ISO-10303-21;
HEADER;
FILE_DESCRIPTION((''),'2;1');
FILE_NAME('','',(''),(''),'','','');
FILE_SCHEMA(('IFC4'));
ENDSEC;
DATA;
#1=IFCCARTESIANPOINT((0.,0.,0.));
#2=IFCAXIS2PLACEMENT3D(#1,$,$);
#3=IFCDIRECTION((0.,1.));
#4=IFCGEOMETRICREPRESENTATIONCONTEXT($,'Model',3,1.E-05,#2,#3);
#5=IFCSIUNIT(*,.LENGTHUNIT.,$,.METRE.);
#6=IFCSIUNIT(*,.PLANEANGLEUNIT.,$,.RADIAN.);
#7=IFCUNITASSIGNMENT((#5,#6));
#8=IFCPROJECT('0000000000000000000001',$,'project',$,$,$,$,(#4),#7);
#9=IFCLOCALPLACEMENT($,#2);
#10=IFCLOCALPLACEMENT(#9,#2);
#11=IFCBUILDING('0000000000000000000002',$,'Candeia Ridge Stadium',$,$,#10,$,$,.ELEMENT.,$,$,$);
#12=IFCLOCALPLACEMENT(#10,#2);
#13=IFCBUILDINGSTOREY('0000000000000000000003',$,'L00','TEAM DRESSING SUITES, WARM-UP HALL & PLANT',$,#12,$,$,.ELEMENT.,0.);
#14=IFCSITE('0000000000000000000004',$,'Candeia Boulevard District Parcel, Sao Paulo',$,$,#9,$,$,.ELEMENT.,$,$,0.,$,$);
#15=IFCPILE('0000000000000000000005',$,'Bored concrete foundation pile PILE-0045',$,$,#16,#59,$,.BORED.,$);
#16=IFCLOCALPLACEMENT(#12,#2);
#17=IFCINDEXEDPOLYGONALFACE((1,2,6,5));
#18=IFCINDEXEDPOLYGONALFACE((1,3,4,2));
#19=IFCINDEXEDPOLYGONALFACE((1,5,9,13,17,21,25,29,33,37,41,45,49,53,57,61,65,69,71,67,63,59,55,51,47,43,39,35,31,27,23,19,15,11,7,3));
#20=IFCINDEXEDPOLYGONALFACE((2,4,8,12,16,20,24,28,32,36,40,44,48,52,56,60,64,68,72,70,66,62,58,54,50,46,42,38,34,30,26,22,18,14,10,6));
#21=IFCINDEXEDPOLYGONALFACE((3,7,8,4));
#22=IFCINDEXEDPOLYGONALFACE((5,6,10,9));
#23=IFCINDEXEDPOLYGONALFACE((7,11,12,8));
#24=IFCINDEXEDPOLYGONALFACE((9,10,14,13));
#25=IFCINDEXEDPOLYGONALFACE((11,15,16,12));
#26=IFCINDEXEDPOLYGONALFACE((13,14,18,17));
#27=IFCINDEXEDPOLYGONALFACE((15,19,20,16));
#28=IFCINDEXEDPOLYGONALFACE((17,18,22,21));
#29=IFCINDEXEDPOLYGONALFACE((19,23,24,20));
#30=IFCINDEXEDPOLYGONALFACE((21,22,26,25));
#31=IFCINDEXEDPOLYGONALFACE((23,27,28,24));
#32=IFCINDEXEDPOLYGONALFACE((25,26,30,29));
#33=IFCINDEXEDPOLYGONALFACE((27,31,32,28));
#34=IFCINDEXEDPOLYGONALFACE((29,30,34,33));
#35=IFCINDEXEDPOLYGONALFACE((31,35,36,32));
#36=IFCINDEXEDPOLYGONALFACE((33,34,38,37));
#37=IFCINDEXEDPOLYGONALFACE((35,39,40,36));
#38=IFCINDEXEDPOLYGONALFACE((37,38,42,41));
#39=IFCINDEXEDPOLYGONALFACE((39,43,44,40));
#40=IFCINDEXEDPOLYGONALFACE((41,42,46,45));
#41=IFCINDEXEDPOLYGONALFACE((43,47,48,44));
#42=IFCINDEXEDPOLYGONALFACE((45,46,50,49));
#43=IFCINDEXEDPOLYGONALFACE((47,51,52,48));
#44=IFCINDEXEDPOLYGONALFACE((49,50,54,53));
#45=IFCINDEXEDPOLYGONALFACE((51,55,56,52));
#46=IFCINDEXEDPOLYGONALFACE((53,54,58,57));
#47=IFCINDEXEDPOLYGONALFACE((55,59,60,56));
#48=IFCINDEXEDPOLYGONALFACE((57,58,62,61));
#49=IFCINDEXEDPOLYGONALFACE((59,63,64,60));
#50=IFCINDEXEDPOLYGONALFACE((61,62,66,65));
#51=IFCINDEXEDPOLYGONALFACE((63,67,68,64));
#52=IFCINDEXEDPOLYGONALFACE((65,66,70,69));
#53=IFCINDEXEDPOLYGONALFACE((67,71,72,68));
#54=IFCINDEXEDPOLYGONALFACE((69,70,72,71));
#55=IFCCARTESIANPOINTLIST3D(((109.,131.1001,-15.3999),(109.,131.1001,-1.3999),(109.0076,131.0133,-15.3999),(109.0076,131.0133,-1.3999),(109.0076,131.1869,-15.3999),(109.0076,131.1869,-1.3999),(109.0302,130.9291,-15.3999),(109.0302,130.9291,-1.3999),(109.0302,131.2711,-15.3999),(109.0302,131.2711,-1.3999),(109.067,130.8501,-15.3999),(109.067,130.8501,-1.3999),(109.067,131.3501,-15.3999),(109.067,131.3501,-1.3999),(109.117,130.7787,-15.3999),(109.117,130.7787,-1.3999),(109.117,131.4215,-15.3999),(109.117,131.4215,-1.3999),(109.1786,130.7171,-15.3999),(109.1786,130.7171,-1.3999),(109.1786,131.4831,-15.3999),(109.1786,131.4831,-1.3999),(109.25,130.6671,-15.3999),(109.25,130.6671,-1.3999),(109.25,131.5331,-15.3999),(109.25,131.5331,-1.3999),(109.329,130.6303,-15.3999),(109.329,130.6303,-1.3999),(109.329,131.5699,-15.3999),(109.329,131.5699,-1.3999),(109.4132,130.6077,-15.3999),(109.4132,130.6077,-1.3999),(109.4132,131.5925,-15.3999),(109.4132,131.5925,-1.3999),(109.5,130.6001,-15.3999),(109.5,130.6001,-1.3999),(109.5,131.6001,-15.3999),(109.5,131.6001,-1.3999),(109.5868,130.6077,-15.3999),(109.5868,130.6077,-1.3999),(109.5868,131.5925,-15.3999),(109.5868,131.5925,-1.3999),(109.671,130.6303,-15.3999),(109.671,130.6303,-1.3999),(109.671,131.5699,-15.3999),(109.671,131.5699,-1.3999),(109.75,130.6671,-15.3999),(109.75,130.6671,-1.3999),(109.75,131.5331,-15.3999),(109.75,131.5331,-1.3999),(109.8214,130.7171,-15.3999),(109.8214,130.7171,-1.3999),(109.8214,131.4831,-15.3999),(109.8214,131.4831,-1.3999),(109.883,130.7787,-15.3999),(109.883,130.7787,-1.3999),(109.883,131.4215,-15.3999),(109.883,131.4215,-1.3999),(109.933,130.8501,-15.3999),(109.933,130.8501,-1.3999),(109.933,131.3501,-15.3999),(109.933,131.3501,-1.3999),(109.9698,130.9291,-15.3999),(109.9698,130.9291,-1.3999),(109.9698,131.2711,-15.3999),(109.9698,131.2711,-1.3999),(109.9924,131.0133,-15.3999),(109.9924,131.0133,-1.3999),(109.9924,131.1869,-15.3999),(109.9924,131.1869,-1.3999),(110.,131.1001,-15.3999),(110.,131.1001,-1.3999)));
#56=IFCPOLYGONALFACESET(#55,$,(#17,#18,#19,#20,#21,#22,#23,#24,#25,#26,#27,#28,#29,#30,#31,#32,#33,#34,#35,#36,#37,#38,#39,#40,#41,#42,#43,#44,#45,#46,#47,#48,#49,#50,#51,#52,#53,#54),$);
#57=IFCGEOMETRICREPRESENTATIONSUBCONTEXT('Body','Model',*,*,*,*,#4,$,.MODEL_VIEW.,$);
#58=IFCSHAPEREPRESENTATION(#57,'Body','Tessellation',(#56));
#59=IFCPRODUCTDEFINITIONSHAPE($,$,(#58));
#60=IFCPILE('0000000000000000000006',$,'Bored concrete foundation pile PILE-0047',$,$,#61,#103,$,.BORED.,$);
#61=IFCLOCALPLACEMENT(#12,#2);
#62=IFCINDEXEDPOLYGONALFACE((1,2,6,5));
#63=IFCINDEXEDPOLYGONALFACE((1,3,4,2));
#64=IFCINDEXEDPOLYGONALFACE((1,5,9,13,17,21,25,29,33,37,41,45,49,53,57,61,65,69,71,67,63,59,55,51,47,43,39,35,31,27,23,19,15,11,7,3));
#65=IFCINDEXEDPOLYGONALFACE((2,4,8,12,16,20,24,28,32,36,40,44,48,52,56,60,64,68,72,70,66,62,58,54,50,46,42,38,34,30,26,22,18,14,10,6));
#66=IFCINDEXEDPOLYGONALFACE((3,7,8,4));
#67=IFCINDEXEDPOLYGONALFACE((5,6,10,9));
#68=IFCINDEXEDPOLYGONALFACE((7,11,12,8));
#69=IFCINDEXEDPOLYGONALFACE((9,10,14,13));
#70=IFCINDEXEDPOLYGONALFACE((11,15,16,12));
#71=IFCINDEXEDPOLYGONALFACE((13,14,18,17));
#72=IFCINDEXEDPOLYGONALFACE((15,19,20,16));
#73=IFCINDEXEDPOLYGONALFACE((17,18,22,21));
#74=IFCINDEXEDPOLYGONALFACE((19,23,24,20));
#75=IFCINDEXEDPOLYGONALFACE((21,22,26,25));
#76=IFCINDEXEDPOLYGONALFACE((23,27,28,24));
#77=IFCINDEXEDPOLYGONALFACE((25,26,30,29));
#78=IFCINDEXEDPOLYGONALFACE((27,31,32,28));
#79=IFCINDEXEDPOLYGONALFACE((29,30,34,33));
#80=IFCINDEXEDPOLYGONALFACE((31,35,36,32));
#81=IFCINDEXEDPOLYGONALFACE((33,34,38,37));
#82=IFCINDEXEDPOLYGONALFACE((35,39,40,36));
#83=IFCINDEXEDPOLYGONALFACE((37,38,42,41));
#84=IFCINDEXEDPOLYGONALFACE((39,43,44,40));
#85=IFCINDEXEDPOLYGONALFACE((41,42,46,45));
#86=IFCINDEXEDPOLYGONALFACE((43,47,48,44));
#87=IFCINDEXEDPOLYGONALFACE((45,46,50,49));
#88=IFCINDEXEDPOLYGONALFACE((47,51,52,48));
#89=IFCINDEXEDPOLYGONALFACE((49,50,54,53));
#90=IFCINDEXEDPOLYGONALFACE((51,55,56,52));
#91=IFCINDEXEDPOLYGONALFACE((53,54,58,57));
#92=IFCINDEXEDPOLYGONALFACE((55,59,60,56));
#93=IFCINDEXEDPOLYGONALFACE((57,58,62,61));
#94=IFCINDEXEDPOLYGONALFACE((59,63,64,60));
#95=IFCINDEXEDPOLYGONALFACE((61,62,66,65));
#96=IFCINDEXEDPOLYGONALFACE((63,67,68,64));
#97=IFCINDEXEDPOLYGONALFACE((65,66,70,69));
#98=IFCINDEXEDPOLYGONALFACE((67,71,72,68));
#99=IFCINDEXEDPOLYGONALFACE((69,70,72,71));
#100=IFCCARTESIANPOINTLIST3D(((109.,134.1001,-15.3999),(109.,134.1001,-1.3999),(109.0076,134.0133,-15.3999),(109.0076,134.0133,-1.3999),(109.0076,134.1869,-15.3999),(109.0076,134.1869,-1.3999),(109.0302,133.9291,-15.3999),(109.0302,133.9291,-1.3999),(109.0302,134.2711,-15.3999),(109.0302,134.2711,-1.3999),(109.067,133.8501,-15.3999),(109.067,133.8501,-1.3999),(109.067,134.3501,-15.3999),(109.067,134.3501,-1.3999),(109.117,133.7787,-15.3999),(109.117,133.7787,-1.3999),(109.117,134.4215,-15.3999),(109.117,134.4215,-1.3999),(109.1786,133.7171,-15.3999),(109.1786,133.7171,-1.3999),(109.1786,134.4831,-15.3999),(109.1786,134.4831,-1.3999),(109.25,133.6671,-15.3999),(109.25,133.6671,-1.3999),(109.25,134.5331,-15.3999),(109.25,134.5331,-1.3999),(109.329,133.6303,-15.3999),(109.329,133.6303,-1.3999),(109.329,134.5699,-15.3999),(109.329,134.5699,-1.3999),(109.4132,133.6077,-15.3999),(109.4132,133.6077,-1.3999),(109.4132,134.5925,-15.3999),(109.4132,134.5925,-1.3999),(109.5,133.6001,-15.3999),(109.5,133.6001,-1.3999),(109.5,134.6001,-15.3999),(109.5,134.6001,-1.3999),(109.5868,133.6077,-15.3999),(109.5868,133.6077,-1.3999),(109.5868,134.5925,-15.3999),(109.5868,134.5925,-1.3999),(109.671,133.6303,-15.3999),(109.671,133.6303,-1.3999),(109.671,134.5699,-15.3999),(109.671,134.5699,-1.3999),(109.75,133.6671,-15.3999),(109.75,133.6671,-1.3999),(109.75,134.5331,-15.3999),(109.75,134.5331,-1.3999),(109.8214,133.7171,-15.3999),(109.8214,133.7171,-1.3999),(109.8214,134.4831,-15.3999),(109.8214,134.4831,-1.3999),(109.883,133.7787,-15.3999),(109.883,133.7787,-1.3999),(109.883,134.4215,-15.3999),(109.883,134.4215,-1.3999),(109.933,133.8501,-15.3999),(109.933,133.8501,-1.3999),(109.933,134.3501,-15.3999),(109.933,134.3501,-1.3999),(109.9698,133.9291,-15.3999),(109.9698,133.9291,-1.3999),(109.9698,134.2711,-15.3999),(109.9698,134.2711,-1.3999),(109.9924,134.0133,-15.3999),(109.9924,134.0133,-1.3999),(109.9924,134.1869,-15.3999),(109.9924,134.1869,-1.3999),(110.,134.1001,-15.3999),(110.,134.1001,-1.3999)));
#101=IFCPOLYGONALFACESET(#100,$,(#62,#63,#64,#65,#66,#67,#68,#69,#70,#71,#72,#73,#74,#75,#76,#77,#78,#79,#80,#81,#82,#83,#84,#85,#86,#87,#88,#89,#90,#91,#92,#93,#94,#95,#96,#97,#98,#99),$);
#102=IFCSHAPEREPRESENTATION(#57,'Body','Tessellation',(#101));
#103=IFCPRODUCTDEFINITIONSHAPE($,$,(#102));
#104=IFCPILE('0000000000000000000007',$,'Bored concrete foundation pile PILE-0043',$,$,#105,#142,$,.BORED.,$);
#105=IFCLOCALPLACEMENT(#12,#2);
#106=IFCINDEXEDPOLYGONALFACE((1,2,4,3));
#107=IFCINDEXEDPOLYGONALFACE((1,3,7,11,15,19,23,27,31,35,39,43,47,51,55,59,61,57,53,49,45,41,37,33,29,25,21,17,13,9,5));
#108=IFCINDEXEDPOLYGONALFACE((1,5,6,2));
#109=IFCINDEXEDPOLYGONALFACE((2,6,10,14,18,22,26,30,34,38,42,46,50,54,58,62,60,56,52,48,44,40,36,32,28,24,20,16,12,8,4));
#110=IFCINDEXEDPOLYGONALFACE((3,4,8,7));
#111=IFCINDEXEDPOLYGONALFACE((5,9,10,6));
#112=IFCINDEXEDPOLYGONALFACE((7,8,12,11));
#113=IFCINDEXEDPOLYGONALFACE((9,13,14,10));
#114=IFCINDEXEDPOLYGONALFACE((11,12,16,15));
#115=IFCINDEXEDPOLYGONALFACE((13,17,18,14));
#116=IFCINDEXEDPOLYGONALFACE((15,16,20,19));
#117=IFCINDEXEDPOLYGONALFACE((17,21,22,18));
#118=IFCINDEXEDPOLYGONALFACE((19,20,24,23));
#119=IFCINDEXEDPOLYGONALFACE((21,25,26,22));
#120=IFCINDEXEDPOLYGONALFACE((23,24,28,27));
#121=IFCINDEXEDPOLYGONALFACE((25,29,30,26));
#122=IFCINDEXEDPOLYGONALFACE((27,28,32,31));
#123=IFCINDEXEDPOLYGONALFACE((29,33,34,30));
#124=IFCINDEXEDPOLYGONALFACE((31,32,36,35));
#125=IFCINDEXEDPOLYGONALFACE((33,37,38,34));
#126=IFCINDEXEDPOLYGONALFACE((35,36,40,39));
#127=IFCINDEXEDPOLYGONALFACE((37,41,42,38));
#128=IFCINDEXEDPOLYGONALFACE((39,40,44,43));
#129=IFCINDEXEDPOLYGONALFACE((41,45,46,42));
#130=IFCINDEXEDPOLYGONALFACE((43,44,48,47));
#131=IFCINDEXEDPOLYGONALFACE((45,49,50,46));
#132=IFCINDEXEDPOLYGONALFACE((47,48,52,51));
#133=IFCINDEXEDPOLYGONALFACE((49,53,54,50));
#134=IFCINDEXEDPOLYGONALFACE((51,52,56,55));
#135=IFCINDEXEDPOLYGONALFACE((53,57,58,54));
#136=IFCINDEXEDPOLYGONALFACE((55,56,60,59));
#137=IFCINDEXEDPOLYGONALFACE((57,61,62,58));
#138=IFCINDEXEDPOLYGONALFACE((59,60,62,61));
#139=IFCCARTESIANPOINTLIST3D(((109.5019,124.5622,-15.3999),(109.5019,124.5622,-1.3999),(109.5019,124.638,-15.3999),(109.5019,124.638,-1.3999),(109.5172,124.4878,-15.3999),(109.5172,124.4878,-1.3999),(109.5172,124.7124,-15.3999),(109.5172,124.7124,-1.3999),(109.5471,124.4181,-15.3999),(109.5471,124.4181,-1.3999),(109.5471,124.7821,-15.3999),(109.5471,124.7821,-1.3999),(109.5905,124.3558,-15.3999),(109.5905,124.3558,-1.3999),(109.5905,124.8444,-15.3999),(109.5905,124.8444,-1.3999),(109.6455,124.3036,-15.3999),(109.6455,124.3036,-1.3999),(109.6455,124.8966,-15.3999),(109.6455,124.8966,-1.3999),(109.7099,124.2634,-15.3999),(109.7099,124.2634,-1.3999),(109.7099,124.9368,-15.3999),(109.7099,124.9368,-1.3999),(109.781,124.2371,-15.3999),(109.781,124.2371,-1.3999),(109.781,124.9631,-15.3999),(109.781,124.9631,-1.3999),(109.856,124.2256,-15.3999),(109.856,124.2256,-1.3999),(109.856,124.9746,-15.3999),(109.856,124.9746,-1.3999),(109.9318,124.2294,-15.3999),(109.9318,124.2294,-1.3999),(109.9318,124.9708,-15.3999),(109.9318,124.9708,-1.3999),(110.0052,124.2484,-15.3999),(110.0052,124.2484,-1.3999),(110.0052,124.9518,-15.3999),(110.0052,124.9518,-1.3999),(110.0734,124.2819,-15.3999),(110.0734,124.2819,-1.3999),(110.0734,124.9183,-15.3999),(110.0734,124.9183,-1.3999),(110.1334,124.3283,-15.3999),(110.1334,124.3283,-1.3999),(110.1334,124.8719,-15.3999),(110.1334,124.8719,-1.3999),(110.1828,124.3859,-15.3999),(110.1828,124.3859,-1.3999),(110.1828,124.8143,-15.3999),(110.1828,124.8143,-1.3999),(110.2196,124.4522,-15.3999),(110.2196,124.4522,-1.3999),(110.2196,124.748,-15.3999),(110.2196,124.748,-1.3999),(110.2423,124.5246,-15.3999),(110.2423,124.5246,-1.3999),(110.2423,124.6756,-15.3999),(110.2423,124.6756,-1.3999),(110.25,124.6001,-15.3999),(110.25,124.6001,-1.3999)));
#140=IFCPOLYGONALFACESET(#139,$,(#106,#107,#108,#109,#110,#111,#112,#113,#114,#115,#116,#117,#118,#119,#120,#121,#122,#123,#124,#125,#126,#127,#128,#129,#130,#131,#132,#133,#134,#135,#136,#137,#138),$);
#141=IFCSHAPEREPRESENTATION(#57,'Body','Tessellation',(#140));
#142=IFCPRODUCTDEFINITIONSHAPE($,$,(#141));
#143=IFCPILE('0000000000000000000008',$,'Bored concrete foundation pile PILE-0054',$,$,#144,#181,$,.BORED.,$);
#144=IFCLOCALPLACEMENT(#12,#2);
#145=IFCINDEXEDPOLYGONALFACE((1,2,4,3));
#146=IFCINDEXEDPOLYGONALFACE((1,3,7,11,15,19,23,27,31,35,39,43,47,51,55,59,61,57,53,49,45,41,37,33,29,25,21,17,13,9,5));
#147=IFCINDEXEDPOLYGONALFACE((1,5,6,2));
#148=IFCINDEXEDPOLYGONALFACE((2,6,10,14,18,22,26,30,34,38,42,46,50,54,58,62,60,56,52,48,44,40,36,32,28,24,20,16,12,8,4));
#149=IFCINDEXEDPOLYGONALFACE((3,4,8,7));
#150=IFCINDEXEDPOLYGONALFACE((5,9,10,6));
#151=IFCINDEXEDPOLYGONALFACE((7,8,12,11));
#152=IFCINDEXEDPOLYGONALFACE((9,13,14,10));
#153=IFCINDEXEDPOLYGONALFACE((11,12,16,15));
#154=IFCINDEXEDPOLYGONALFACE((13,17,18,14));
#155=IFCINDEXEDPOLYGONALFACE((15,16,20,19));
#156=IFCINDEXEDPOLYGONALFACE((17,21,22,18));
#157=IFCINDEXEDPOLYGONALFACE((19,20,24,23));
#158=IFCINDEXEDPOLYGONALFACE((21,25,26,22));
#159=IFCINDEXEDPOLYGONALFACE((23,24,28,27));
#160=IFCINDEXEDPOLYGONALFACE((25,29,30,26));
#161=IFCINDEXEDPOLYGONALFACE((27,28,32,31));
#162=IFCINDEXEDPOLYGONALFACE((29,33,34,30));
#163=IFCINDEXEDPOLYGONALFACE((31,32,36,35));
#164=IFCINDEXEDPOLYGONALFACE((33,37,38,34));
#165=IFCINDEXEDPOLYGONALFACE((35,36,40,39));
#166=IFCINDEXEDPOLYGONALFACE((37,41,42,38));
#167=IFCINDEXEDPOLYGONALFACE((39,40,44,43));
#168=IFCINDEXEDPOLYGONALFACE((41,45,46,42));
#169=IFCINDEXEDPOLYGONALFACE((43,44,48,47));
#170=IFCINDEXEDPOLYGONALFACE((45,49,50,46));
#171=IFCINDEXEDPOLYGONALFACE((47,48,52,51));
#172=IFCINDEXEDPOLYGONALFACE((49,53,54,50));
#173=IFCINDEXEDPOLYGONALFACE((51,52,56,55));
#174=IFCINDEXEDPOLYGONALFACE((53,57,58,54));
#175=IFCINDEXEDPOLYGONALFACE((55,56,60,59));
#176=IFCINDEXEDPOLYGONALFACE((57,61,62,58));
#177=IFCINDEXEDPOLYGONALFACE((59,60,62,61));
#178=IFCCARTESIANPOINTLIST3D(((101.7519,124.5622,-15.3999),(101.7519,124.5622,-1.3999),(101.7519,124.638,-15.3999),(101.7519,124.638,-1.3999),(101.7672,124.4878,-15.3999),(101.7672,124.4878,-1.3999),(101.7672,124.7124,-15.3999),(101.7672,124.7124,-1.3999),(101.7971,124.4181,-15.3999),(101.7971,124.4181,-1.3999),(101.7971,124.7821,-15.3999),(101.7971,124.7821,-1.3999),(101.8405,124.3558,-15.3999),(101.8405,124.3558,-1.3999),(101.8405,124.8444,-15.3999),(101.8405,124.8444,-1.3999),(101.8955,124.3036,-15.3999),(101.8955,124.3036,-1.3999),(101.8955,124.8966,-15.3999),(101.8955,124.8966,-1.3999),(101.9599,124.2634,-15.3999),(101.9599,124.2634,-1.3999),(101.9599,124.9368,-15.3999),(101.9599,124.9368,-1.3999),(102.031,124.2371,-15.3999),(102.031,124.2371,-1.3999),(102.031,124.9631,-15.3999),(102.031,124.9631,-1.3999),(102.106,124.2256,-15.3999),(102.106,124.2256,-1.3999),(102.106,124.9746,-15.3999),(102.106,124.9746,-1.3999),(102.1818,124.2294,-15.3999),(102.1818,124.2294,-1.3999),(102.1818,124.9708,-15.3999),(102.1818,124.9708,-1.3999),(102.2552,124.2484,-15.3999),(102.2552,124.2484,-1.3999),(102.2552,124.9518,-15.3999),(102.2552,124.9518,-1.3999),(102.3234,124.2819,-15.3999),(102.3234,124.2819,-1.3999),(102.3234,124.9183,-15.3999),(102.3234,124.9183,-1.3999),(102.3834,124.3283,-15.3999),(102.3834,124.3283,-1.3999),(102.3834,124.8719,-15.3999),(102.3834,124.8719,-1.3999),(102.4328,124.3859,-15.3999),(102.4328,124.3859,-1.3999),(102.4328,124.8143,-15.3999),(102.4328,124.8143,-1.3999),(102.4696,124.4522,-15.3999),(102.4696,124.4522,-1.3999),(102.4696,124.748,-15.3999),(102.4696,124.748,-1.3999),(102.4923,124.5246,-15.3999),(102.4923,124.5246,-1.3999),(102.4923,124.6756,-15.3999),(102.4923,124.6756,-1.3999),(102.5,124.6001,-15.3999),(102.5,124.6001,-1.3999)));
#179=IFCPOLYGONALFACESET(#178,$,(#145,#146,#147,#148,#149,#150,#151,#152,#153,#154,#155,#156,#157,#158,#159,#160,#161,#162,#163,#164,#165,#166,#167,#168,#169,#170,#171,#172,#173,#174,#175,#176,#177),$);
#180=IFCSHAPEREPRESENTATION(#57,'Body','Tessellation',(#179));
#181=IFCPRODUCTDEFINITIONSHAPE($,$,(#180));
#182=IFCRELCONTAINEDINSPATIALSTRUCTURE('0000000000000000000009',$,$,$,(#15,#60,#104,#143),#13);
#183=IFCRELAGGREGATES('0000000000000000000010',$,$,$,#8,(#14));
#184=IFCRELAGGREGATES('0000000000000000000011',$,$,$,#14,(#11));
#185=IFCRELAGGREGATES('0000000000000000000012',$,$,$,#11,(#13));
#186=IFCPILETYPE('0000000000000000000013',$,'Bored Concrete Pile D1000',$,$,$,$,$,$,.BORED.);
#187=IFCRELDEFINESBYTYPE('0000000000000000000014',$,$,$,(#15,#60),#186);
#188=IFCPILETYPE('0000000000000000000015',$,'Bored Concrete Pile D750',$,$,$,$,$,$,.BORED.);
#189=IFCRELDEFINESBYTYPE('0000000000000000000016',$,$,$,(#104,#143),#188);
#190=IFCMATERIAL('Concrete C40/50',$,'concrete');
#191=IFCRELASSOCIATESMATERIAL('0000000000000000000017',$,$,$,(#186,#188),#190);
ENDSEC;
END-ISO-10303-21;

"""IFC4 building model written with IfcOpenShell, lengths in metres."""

from ifc_helpers import new_model, si_unit, direction, frame, origin, origin_2d, place, context, subcontext, project, spatial, circle, extrude, material, material_profile, profile_set, type_object, element, save


model = new_model("IFC4")

# Units and contexts
model_context = context("Model", 3, precision=1e-05, world=origin(), true_north=direction((0.0, 1.0)))
body_context = subcontext(model_context, "Body", "Model", "MODEL_VIEW")
ifc_project = project(units=[si_unit("LENGTHUNIT", "METRE"), si_unit("PLANEANGLEUNIT", "RADIAN")], contexts=[model_context])

# Site, building, storey
site_placement = place(None, origin())
site = spatial("IfcSite", under=ifc_project, at=site_placement, Name="Candeia Boulevard District Parcel, Sao Paulo", CompositionType="ELEMENT", RefElevation=0.0)
building_placement = place(site_placement, origin())
building = spatial("IfcBuilding", under=site, at=building_placement, Name="Candeia Ridge Stadium", CompositionType="ELEMENT")
storey_placement = place(building_placement, origin())
storey = spatial("IfcBuildingStorey", under=building, at=storey_placement, Name="L00", Description="TEAM DRESSING SUITES, WARM-UP HALL & PLANT", CompositionType="ELEMENT", Elevation=0.0)

# Piles
ifc_material_1 = material(Name="Concrete C40/50", Category="concrete")
ifc_material_profile_1 = material_profile(ifc_material_1, circle(Radius=0.5, at=origin_2d()), Name="PILE-D1000", Category="concrete")
ifc_profile_set_1 = profile_set([ifc_material_profile_1], Name="Concrete C40/50")
pile_type_1 = type_object("IfcPileType", Name="Bored Concrete Pile D1000", PredefinedType="BORED", material=ifc_profile_set_1)
for number, where, z_axis, x_axis, name in (
    (1, (109.5, 131.1001, -1.3999), (0.0, 0.0, -1.0), (1.0, 0.0, 0.0), "Bored concrete foundation pile PILE-0045"),
    (2, (109.5, 134.1001, -1.3999), (0.0, 0.0, -1.0), (1.0, 0.0, 0.0), "Bored concrete foundation pile PILE-0047"),
):
    element("IfcPile", number, at=place(storey_placement, frame(where, z_axis=z_axis, x_axis=x_axis)), inside=storey, type_object=pile_type_1, Name=name, PredefinedType="BORED", context=body_context, shape_type="SweptSolid", body=[
        extrude(circle(Radius=0.5, at=origin_2d()), origin(), (0.0, 0.0, 1.0), 14.0),
    ])
ifc_material_profile_2 = material_profile(ifc_material_1, circle(Radius=0.375, at=origin_2d()), Name="PILE-D750", Category="concrete")
ifc_profile_set_2 = profile_set([ifc_material_profile_2], Name="Concrete C40/50")
pile_type_2 = type_object("IfcPileType", Name="Bored Concrete Pile D750", PredefinedType="BORED", material=ifc_profile_set_2)
for number, where, z_axis, x_axis, name in (
    (3, (109.875, 124.6001, -1.3999), (0.0, 0.0, -1.0), (1.0, 0.0, 0.0), "Bored concrete foundation pile PILE-0043"),
    (4, (102.125, 124.6001, -1.3999), (0.0, 0.0, -1.0), (1.0, 0.0, 0.0), "Bored concrete foundation pile PILE-0054"),
):
    element("IfcPile", number, at=place(storey_placement, frame(where, z_axis=z_axis, x_axis=x_axis)), inside=storey, type_object=pile_type_2, Name=name, PredefinedType="BORED", context=body_context, shape_type="SweptSolid", body=[
        extrude(circle(Radius=0.375, at=origin_2d()), origin(), (0.0, 0.0, 1.0), 14.0),
    ])

save(model, "model.ifc")
